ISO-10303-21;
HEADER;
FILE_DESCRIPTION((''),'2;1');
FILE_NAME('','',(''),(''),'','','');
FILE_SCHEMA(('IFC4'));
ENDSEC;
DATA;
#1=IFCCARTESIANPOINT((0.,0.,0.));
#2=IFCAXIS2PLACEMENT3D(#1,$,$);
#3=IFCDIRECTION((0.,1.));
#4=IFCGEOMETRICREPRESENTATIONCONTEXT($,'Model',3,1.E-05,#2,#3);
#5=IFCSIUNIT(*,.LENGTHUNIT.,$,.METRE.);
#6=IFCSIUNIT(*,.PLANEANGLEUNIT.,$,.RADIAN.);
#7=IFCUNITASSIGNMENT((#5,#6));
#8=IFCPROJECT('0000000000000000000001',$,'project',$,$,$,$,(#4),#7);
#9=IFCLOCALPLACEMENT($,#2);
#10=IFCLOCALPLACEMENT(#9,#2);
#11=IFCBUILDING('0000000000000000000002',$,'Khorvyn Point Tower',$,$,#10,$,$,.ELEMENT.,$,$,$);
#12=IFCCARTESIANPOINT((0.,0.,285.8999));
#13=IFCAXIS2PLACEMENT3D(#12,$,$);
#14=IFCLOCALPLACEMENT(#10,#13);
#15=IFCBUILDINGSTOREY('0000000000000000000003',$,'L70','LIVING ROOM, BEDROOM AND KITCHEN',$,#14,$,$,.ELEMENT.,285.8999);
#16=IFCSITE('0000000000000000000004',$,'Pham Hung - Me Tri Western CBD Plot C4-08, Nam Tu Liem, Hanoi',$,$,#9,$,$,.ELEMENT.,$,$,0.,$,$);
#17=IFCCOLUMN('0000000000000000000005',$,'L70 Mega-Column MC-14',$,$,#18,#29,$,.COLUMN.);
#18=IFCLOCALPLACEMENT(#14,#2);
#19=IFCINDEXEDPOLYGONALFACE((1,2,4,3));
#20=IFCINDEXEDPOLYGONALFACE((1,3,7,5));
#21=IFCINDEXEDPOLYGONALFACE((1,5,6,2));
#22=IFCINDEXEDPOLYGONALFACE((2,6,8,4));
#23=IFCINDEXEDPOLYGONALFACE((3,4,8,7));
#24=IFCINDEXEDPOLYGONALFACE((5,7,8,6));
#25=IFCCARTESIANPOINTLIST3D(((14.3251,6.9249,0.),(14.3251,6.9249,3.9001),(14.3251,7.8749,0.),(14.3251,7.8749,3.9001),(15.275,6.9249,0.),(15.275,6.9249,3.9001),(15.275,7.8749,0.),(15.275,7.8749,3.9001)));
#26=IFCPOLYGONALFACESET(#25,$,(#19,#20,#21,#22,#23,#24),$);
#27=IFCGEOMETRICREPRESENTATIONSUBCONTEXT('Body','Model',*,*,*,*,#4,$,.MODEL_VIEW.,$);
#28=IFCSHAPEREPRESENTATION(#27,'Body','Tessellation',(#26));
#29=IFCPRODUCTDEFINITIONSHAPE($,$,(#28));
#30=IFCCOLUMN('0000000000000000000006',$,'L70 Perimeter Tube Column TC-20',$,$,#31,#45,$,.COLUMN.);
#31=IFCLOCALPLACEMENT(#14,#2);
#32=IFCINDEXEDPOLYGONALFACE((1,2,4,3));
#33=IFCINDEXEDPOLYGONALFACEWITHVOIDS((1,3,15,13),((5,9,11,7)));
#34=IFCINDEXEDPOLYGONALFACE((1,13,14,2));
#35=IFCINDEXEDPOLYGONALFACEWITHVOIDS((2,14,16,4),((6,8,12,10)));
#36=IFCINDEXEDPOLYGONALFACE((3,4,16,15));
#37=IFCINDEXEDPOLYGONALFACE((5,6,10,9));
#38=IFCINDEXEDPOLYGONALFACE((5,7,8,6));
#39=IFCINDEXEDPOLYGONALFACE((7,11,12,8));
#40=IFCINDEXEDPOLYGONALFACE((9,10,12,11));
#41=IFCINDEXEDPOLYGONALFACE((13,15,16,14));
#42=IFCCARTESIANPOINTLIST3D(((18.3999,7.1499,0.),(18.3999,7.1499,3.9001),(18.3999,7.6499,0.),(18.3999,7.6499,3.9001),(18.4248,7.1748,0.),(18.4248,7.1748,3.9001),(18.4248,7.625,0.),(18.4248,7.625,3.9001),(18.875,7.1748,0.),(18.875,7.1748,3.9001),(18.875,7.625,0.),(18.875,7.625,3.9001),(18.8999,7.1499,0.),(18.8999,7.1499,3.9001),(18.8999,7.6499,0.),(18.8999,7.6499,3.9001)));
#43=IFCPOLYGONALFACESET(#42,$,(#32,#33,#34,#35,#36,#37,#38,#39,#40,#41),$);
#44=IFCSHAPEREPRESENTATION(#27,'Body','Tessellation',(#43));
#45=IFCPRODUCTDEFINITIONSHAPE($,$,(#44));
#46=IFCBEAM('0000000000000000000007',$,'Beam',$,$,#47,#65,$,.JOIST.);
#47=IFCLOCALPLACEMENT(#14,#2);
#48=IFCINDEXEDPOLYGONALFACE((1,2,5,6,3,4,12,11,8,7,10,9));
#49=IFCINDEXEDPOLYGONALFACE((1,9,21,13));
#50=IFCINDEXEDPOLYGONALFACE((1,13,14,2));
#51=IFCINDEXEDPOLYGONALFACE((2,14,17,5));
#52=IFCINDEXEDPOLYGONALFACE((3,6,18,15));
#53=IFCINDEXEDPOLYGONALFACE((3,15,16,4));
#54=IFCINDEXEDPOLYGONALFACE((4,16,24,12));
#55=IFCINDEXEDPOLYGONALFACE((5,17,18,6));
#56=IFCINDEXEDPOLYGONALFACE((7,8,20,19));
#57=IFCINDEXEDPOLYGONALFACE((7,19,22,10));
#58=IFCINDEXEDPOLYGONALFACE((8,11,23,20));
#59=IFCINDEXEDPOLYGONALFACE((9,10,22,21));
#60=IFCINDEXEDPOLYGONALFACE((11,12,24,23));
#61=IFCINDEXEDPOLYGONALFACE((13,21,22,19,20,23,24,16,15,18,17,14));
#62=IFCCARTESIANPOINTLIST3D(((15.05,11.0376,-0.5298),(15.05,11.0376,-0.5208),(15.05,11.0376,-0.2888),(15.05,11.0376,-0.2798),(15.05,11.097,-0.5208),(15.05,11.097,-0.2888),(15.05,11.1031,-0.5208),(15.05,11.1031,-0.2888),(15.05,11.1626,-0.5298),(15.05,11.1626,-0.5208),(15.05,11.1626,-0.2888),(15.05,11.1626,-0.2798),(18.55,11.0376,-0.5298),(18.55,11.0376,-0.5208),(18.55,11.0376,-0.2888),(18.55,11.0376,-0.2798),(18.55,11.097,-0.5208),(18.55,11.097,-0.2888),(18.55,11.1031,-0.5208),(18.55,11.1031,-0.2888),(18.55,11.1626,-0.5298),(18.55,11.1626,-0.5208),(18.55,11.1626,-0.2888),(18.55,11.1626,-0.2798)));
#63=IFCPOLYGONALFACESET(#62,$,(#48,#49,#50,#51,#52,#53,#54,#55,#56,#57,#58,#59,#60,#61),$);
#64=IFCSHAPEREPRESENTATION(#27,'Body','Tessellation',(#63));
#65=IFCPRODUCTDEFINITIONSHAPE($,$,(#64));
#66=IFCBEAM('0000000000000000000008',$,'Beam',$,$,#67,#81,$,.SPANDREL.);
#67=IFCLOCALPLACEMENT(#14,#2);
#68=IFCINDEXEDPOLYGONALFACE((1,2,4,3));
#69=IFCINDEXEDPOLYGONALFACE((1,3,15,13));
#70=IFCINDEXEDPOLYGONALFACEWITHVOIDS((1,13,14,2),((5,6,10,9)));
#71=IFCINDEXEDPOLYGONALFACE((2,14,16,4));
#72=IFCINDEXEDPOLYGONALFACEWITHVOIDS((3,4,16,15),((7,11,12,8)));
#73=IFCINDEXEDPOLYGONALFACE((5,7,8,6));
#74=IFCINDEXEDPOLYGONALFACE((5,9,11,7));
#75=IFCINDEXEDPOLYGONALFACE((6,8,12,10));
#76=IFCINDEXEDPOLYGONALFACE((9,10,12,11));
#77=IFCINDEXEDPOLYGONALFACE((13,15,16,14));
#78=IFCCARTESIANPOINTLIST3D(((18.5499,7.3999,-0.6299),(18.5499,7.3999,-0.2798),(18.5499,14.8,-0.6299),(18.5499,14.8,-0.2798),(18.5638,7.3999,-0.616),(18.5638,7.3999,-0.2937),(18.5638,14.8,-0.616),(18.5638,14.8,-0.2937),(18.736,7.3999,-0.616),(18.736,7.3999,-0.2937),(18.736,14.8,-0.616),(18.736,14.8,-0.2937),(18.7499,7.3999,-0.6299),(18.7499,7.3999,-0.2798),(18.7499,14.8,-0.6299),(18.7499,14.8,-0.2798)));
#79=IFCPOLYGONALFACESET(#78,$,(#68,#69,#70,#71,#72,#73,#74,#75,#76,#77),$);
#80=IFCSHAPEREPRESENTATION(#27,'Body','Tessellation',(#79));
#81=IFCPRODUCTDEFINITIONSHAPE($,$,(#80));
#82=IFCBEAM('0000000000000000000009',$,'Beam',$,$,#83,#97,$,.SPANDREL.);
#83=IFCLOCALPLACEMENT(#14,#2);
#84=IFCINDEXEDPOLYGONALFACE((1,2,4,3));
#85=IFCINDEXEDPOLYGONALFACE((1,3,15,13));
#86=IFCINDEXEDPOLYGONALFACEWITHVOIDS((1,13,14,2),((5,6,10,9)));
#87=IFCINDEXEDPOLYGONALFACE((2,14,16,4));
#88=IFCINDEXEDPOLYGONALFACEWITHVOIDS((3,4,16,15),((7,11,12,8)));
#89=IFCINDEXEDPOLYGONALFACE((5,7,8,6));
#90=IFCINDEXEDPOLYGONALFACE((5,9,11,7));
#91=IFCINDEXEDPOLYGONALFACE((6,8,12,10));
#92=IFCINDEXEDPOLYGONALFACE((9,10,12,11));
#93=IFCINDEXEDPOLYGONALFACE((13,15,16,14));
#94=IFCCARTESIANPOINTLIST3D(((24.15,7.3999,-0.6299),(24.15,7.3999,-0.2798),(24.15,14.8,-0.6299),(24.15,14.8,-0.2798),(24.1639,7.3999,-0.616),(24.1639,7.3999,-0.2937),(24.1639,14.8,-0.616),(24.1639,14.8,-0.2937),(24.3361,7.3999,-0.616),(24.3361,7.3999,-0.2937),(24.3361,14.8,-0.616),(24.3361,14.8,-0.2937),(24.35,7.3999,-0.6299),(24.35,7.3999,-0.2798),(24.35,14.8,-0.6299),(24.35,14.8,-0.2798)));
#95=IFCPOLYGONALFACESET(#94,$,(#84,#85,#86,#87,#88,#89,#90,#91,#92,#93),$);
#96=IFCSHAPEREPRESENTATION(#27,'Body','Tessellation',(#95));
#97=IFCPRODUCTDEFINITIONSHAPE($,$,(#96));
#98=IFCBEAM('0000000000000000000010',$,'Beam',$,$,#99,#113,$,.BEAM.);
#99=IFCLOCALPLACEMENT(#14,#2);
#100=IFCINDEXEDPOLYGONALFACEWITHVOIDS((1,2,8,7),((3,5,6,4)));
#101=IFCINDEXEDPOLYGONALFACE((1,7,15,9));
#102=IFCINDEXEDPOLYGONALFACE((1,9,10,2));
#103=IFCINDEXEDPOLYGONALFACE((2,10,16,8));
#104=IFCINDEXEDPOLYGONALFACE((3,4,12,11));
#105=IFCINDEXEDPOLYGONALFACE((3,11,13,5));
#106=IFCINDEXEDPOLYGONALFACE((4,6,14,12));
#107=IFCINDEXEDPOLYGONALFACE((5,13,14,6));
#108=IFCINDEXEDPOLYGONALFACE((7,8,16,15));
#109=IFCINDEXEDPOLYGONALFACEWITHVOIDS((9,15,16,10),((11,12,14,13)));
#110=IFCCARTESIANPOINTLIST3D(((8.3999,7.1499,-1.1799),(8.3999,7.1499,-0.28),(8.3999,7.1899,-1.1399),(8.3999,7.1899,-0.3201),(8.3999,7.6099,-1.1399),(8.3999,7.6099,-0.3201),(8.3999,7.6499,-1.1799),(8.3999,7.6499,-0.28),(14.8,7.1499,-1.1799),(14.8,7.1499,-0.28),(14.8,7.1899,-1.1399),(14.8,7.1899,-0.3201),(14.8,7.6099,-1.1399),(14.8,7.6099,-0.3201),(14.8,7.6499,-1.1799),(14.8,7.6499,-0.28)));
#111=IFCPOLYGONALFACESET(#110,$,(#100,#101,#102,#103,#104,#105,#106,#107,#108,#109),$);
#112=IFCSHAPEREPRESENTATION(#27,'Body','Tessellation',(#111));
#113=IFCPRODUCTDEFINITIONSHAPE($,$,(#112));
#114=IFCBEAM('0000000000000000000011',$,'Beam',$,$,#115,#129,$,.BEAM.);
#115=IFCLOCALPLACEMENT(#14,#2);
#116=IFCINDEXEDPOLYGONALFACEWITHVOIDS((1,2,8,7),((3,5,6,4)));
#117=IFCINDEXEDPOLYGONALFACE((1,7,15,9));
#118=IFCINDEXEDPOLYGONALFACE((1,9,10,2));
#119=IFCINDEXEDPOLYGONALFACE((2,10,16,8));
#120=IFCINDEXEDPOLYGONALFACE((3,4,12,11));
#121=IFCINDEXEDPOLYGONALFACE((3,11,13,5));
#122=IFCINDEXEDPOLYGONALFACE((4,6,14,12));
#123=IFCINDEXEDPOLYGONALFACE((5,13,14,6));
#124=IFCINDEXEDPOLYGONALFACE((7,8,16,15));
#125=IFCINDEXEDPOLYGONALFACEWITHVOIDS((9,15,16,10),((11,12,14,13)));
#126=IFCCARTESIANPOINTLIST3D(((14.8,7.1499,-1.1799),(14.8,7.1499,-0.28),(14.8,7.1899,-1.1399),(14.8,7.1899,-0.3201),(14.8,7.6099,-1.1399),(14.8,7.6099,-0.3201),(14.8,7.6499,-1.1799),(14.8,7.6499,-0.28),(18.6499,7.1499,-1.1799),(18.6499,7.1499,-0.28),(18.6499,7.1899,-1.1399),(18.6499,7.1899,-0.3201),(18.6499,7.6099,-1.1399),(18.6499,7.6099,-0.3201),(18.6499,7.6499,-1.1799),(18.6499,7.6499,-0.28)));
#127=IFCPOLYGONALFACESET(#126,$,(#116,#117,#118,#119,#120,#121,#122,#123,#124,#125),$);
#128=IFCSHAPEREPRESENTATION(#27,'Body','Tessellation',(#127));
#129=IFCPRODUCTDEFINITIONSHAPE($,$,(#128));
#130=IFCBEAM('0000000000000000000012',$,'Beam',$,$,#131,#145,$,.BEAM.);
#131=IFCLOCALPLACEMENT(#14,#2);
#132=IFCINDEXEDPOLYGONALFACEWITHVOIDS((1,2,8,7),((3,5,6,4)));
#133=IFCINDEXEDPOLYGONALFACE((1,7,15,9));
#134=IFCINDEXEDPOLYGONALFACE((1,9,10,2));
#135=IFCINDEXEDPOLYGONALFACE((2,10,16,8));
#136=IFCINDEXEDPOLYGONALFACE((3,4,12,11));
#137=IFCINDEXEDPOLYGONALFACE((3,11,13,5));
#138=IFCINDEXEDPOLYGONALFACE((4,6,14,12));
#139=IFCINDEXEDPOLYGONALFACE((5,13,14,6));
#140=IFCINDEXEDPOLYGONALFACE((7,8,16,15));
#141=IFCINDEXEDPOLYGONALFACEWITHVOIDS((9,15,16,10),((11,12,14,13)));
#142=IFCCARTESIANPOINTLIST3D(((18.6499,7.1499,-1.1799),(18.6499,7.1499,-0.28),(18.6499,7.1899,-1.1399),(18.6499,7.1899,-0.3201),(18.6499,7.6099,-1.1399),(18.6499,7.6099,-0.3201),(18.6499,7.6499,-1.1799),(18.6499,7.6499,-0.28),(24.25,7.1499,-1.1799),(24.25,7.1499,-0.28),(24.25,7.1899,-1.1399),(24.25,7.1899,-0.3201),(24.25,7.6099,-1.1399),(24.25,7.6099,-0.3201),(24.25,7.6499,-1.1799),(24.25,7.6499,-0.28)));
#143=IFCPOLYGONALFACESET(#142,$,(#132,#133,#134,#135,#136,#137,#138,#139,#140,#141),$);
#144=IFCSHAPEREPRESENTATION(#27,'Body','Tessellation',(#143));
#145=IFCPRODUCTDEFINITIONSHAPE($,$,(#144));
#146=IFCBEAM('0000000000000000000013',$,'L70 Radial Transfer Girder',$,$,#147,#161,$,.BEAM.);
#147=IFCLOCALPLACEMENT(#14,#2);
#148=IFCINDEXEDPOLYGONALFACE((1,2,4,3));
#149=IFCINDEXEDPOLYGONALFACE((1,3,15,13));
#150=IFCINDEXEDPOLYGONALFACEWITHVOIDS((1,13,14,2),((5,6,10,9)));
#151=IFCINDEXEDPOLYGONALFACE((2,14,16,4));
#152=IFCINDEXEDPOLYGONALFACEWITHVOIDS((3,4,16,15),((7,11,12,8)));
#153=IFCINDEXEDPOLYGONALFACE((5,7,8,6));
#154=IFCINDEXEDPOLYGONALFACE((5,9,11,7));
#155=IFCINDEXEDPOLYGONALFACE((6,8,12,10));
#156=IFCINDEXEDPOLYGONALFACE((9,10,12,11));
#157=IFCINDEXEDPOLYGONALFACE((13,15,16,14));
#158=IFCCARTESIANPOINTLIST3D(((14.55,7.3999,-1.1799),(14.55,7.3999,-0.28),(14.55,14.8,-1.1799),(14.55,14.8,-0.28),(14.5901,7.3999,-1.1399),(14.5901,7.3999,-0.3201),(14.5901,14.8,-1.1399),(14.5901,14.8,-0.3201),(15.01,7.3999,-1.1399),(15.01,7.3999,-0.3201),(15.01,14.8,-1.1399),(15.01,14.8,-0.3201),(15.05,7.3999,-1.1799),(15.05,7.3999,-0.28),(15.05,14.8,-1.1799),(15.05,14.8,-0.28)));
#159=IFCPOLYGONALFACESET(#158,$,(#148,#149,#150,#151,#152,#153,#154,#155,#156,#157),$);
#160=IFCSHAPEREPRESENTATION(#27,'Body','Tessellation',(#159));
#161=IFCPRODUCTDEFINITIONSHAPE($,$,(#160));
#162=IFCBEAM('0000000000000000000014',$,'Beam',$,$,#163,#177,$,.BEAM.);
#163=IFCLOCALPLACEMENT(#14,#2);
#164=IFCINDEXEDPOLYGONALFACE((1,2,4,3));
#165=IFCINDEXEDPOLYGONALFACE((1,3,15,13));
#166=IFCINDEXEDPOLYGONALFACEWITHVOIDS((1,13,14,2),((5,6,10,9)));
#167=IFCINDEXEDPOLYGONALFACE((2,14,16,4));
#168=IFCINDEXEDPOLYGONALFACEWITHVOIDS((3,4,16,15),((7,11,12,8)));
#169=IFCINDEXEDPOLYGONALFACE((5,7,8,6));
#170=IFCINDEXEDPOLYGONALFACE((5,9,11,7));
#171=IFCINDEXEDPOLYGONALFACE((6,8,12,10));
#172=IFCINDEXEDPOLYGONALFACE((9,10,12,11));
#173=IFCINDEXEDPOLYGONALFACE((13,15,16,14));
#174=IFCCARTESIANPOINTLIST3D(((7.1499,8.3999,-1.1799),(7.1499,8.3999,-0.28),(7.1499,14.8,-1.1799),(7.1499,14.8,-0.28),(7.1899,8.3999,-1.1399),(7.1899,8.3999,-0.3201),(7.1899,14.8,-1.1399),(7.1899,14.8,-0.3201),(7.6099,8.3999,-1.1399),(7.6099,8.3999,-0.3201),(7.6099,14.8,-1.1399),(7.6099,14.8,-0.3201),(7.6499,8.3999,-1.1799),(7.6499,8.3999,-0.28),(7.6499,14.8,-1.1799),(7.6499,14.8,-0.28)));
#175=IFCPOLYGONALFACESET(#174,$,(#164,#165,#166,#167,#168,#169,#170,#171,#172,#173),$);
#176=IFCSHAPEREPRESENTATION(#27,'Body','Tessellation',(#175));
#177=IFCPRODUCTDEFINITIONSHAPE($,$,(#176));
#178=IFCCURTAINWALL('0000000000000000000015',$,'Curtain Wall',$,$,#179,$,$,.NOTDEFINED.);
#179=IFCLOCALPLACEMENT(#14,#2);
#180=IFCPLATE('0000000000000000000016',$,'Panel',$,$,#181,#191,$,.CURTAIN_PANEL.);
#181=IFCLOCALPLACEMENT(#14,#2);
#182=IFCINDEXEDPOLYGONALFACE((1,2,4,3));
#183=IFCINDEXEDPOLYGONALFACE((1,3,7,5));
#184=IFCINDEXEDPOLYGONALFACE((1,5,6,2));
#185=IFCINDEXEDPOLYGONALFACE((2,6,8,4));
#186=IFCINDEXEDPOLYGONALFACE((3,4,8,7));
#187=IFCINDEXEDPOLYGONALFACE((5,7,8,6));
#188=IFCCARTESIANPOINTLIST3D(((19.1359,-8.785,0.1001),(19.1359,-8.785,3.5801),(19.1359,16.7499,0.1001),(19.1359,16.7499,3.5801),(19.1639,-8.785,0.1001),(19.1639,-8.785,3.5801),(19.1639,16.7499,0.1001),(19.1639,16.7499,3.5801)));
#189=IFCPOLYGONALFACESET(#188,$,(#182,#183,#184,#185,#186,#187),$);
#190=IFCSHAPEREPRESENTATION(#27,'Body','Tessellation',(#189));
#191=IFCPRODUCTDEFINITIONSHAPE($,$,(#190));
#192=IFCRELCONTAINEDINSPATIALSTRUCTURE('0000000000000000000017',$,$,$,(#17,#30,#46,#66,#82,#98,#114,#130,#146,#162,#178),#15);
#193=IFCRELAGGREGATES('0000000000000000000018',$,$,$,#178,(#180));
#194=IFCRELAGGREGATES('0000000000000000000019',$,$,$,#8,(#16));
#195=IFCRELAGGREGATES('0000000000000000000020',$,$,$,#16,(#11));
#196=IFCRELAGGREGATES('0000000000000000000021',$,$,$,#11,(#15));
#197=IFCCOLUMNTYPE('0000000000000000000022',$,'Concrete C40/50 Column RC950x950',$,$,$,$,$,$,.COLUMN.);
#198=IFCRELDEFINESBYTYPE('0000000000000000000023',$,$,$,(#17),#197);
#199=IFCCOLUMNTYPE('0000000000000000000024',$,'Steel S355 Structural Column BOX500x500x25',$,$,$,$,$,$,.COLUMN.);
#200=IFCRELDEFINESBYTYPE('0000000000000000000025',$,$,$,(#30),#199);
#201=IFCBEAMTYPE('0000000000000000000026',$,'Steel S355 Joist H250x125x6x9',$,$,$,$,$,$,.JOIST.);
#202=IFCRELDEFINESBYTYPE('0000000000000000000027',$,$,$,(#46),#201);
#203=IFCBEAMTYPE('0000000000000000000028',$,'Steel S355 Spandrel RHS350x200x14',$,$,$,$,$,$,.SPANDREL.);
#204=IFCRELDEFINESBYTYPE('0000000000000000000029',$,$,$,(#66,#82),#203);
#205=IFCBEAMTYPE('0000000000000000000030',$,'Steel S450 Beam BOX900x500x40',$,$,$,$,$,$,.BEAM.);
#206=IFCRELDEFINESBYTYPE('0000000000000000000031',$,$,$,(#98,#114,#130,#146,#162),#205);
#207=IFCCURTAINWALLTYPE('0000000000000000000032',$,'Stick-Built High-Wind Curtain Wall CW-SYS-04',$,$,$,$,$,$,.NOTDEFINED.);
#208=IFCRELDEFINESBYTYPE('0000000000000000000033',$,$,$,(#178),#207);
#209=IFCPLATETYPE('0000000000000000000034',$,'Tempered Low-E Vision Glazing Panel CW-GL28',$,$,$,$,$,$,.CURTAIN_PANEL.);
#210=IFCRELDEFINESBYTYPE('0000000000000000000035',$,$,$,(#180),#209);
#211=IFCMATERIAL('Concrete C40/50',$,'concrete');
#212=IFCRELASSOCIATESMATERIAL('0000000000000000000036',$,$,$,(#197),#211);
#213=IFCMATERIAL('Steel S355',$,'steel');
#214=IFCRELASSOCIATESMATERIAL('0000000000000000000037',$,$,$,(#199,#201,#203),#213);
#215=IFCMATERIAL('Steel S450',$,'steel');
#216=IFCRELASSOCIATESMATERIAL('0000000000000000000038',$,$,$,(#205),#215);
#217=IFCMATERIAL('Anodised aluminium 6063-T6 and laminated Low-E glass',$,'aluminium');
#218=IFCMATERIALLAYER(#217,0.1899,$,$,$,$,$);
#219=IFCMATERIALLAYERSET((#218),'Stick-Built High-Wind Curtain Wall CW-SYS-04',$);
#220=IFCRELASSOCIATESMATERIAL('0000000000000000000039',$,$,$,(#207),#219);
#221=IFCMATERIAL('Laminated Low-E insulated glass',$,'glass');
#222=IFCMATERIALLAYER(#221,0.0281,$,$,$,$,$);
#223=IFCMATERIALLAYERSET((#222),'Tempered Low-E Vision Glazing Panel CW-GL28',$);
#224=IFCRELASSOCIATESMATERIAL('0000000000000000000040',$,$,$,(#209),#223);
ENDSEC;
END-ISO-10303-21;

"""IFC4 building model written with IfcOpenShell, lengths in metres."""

from ifc_helpers import new_model, si_unit, direction, frame, origin, origin_2d, place, context, subcontext, project, spatial, rectangle, hollow_rectangle, i_section, extrude, material, layer, layer_set, material_profile, profile_set, type_object, element, aggregate, save


model = new_model("IFC4")

# Units and contexts
model_context = context("Model", 3, precision=1e-05, world=origin(), true_north=direction((0.0, 1.0)))
body_context = subcontext(model_context, "Body", "Model", "MODEL_VIEW")
ifc_project = project(units=[si_unit("LENGTHUNIT", "METRE"), si_unit("PLANEANGLEUNIT", "RADIAN")], contexts=[model_context])

# Site, building, storey
site_placement = place(None, origin())
site = spatial("IfcSite", under=ifc_project, at=site_placement, Name="Pham Hung - Me Tri Western CBD Plot C4-08, Nam Tu Liem, Hanoi", CompositionType="ELEMENT", RefElevation=0.0)
building_placement = place(site_placement, origin())
building = spatial("IfcBuilding", under=site, at=building_placement, Name="Khorvyn Point Tower", CompositionType="ELEMENT")
storey_placement = place(building_placement, frame((0.0, 0.0, 285.8999)))
storey = spatial("IfcBuildingStorey", under=building, at=storey_placement, Name="L70", Description="LIVING ROOM, BEDROOM AND KITCHEN", CompositionType="ELEMENT", Elevation=285.8999)

# Columns
ifc_material_1 = material(Name="Concrete C40/50", Category="concrete")
ifc_material_profile_1 = material_profile(ifc_material_1, rectangle(XDim=0.95, YDim=0.95, at=origin_2d()))
ifc_profile_set_1 = profile_set([ifc_material_profile_1], Name="Concrete C40/50 RC950x950")
column_type_1 = type_object("IfcColumnType", Name="Concrete C40/50 Column RC950x950", PredefinedType="COLUMN", material=ifc_profile_set_1)
column_1_placement = place(storey_placement, frame((14.8, 7.3999, 0.0), z_axis=(0.0, 0.0, 1.0), x_axis=(1.0, 0.0, 0.0)))
element("IfcColumn", 1, at=column_1_placement, inside=storey, type_object=column_type_1, Name="L70 Mega-Column MC-14", PredefinedType="COLUMN", context=body_context, shape_type="SweptSolid", body=[
    extrude(rectangle(XDim=0.95, YDim=0.95, at=origin_2d()), origin(), (0.0, 0.0, 1.0), 3.9001),
])
ifc_material_2 = material(Name="Steel S355", Category="steel")
ifc_material_profile_2 = material_profile(ifc_material_2, hollow_rectangle(XDim=0.5, YDim=0.5, WallThickness=0.0249, at=origin_2d()))
ifc_profile_set_2 = profile_set([ifc_material_profile_2], Name="Steel S355 BOX500x500x25")
column_type_2 = type_object("IfcColumnType", Name="Steel S355 Structural Column BOX500x500x25", PredefinedType="COLUMN", material=ifc_profile_set_2)
column_2_placement = place(storey_placement, frame((18.6499, 7.3999, 0.0), z_axis=(0.0, 0.0, 1.0), x_axis=(1.0, 0.0, 0.0)))
element("IfcColumn", 2, at=column_2_placement, inside=storey, type_object=column_type_2, Name="L70 Perimeter Tube Column TC-20", PredefinedType="COLUMN", context=body_context, shape_type="SweptSolid", body=[
    extrude(hollow_rectangle(XDim=0.5, YDim=0.5, WallThickness=0.0249, at=origin_2d()), origin(), (0.0, 0.0, 1.0), 3.9001),
])

# Beams
ifc_material_profile_3 = material_profile(ifc_material_2, i_section(OverallWidth=0.125, OverallDepth=0.25, WebThickness=0.0061, FlangeThickness=0.009, at=origin_2d()))
ifc_profile_set_3 = profile_set([ifc_material_profile_3], Name="Steel S355 H250x125x6x9")
beam_type_1 = type_object("IfcBeamType", Name="Steel S355 Joist H250x125x6x9", PredefinedType="JOIST", material=ifc_profile_set_3)
beam_1_placement = place(storey_placement, frame((15.05, 11.1001, -0.4048), z_axis=(1.0, 0.0, 0.0), x_axis=(0.0, 1.0, 0.0)))
element("IfcBeam", 3, at=beam_1_placement, inside=storey, type_object=beam_type_1, Name="Beam", PredefinedType="JOIST", context=body_context, shape_type="SweptSolid", body=[
    extrude(i_section(OverallWidth=0.125, OverallDepth=0.25, WebThickness=0.0061, FlangeThickness=0.009, at=origin_2d()), origin(), (0.0, 0.0, 1.0), 3.5),
])
ifc_material_profile_4 = material_profile(ifc_material_2, hollow_rectangle(XDim=0.2, YDim=0.3501, WallThickness=0.0139, at=origin_2d()))
ifc_profile_set_4 = profile_set([ifc_material_profile_4], Name="Steel S355 RHS350x200x14")
beam_type_2 = type_object("IfcBeamType", Name="Steel S355 Spandrel RHS350x200x14", PredefinedType="SPANDREL", material=ifc_profile_set_4)
for number, where, z_axis, x_axis, name in (
    (4, (18.6499, 7.3999, -0.4548), (0.0, 1.0, 0.0), (-1.0, 0.0, 0.0), "Beam"),
    (5, (24.25, 7.3999, -0.4548), (0.0, 1.0, 0.0), (-1.0, 0.0, 0.0), "Beam"),
):
    element("IfcBeam", number, at=place(storey_placement, frame(where, z_axis=z_axis, x_axis=x_axis)), inside=storey, type_object=beam_type_2, Name=name, PredefinedType="SPANDREL", context=body_context, shape_type="SweptSolid", body=[
        extrude(hollow_rectangle(XDim=0.2, YDim=0.3501, WallThickness=0.0139, at=origin_2d()), origin(), (0.0, 0.0, 1.0), 7.4001),
    ])
ifc_material_3 = material(Name="Steel S450", Category="steel")
ifc_material_profile_5 = material_profile(ifc_material_3, hollow_rectangle(XDim=0.5, YDim=0.8999, WallThickness=0.04, at=origin_2d()))
ifc_profile_set_5 = profile_set([ifc_material_profile_5], Name="Steel S450 BOX900x500x40")
beam_type_3 = type_object("IfcBeamType", Name="Steel S450 Beam BOX900x500x40", PredefinedType="BEAM", material=ifc_profile_set_5)
beam_2_placement = place(storey_placement, frame((8.3999, 7.3999, -0.73), z_axis=(1.0, 0.0, 0.0), x_axis=(0.0, 1.0, 0.0)))
element("IfcBeam", 6, at=beam_2_placement, inside=storey, type_object=beam_type_3, Name="Beam", PredefinedType="BEAM", context=body_context, shape_type="SweptSolid", body=[
    extrude(hollow_rectangle(XDim=0.5, YDim=0.8999, WallThickness=0.04, at=origin_2d()), origin(), (0.0, 0.0, 1.0), 6.4001),
])
beam_3_placement = place(storey_placement, frame((14.8, 7.3999, -0.73), z_axis=(1.0, 0.0, 0.0), x_axis=(0.0, 1.0, 0.0)))
element("IfcBeam", 7, at=beam_3_placement, inside=storey, type_object=beam_type_3, Name="Beam", PredefinedType="BEAM", context=body_context, shape_type="SweptSolid", body=[
    extrude(hollow_rectangle(XDim=0.5, YDim=0.8999, WallThickness=0.04, at=origin_2d()), origin(), (0.0, 0.0, 1.0), 3.8499),
])
beam_4_placement = place(storey_placement, frame((18.6499, 7.3999, -0.73), z_axis=(1.0, 0.0, 0.0), x_axis=(0.0, 1.0, 0.0)))
element("IfcBeam", 8, at=beam_4_placement, inside=storey, type_object=beam_type_3, Name="Beam", PredefinedType="BEAM", context=body_context, shape_type="SweptSolid", body=[
    extrude(hollow_rectangle(XDim=0.5, YDim=0.8999, WallThickness=0.04, at=origin_2d()), origin(), (0.0, 0.0, 1.0), 5.6001),
])
beam_5_placement = place(storey_placement, frame((14.8, 7.3999, -0.73), z_axis=(0.0, 1.0, 0.0), x_axis=(-1.0, 0.0, 0.0)))
element("IfcBeam", 9, at=beam_5_placement, inside=storey, type_object=beam_type_3, Name="L70 Radial Transfer Girder", PredefinedType="BEAM", context=body_context, shape_type="SweptSolid", body=[
    extrude(hollow_rectangle(XDim=0.5, YDim=0.8999, WallThickness=0.04, at=origin_2d()), origin(), (0.0, 0.0, 1.0), 7.4001),
])
beam_6_placement = place(storey_placement, frame((7.3999, 8.3999, -0.73), z_axis=(0.0, 1.0, 0.0), x_axis=(-1.0, 0.0, 0.0)))
element("IfcBeam", 10, at=beam_6_placement, inside=storey, type_object=beam_type_3, Name="Beam", PredefinedType="BEAM", context=body_context, shape_type="SweptSolid", body=[
    extrude(hollow_rectangle(XDim=0.5, YDim=0.8999, WallThickness=0.04, at=origin_2d()), origin(), (0.0, 0.0, 1.0), 6.4001),
])

# Curtain wall, plate
ifc_material_4 = material(Name="Anodised aluminium 6063-T6 and laminated Low-E glass", Category="aluminium")
ifc_layer_1 = layer(ifc_material_4, 0.1899)
ifc_layer_set_1 = layer_set([ifc_layer_1], Name="Stick-Built High-Wind Curtain Wall CW-SYS-04")
curtain_wall_type = type_object("IfcCurtainWallType", Name="Stick-Built High-Wind Curtain Wall CW-SYS-04", PredefinedType="NOTDEFINED", material=ifc_layer_set_1)
curtain_wall_placement = place(storey_placement, origin())
curtain_wall = element("IfcCurtainWall", 11, at=curtain_wall_placement, inside=storey, type_object=curtain_wall_type, Name="Curtain Wall", PredefinedType="NOTDEFINED")
ifc_material_5 = material(Name="Laminated Low-E insulated glass", Category="glass")
ifc_layer_2 = layer(ifc_material_5, 0.0281)
ifc_layer_set_2 = layer_set([ifc_layer_2], Name="Tempered Low-E Vision Glazing Panel CW-GL28")
plate_type = type_object("IfcPlateType", Name="Tempered Low-E Vision Glazing Panel CW-GL28", PredefinedType="CURTAIN_PANEL", material=ifc_layer_set_2)
plate_placement = place(storey_placement, frame((19.1499, 3.9824, 0.1001), z_axis=(0.0, 0.0, 1.0), x_axis=(0.0, -1.0, 0.0)))
plate = element("IfcPlate", 12, at=plate_placement, type_object=plate_type, Name="Panel", PredefinedType="CURTAIN_PANEL", context=body_context, shape_type="SweptSolid", body=[
    extrude(rectangle(XDim=25.5349, YDim=0.0281, at=origin_2d()), origin(), (0.0, 0.0, 1.0), 3.48),
])
aggregate(curtain_wall, [plate])

save(model, "model.ifc")
